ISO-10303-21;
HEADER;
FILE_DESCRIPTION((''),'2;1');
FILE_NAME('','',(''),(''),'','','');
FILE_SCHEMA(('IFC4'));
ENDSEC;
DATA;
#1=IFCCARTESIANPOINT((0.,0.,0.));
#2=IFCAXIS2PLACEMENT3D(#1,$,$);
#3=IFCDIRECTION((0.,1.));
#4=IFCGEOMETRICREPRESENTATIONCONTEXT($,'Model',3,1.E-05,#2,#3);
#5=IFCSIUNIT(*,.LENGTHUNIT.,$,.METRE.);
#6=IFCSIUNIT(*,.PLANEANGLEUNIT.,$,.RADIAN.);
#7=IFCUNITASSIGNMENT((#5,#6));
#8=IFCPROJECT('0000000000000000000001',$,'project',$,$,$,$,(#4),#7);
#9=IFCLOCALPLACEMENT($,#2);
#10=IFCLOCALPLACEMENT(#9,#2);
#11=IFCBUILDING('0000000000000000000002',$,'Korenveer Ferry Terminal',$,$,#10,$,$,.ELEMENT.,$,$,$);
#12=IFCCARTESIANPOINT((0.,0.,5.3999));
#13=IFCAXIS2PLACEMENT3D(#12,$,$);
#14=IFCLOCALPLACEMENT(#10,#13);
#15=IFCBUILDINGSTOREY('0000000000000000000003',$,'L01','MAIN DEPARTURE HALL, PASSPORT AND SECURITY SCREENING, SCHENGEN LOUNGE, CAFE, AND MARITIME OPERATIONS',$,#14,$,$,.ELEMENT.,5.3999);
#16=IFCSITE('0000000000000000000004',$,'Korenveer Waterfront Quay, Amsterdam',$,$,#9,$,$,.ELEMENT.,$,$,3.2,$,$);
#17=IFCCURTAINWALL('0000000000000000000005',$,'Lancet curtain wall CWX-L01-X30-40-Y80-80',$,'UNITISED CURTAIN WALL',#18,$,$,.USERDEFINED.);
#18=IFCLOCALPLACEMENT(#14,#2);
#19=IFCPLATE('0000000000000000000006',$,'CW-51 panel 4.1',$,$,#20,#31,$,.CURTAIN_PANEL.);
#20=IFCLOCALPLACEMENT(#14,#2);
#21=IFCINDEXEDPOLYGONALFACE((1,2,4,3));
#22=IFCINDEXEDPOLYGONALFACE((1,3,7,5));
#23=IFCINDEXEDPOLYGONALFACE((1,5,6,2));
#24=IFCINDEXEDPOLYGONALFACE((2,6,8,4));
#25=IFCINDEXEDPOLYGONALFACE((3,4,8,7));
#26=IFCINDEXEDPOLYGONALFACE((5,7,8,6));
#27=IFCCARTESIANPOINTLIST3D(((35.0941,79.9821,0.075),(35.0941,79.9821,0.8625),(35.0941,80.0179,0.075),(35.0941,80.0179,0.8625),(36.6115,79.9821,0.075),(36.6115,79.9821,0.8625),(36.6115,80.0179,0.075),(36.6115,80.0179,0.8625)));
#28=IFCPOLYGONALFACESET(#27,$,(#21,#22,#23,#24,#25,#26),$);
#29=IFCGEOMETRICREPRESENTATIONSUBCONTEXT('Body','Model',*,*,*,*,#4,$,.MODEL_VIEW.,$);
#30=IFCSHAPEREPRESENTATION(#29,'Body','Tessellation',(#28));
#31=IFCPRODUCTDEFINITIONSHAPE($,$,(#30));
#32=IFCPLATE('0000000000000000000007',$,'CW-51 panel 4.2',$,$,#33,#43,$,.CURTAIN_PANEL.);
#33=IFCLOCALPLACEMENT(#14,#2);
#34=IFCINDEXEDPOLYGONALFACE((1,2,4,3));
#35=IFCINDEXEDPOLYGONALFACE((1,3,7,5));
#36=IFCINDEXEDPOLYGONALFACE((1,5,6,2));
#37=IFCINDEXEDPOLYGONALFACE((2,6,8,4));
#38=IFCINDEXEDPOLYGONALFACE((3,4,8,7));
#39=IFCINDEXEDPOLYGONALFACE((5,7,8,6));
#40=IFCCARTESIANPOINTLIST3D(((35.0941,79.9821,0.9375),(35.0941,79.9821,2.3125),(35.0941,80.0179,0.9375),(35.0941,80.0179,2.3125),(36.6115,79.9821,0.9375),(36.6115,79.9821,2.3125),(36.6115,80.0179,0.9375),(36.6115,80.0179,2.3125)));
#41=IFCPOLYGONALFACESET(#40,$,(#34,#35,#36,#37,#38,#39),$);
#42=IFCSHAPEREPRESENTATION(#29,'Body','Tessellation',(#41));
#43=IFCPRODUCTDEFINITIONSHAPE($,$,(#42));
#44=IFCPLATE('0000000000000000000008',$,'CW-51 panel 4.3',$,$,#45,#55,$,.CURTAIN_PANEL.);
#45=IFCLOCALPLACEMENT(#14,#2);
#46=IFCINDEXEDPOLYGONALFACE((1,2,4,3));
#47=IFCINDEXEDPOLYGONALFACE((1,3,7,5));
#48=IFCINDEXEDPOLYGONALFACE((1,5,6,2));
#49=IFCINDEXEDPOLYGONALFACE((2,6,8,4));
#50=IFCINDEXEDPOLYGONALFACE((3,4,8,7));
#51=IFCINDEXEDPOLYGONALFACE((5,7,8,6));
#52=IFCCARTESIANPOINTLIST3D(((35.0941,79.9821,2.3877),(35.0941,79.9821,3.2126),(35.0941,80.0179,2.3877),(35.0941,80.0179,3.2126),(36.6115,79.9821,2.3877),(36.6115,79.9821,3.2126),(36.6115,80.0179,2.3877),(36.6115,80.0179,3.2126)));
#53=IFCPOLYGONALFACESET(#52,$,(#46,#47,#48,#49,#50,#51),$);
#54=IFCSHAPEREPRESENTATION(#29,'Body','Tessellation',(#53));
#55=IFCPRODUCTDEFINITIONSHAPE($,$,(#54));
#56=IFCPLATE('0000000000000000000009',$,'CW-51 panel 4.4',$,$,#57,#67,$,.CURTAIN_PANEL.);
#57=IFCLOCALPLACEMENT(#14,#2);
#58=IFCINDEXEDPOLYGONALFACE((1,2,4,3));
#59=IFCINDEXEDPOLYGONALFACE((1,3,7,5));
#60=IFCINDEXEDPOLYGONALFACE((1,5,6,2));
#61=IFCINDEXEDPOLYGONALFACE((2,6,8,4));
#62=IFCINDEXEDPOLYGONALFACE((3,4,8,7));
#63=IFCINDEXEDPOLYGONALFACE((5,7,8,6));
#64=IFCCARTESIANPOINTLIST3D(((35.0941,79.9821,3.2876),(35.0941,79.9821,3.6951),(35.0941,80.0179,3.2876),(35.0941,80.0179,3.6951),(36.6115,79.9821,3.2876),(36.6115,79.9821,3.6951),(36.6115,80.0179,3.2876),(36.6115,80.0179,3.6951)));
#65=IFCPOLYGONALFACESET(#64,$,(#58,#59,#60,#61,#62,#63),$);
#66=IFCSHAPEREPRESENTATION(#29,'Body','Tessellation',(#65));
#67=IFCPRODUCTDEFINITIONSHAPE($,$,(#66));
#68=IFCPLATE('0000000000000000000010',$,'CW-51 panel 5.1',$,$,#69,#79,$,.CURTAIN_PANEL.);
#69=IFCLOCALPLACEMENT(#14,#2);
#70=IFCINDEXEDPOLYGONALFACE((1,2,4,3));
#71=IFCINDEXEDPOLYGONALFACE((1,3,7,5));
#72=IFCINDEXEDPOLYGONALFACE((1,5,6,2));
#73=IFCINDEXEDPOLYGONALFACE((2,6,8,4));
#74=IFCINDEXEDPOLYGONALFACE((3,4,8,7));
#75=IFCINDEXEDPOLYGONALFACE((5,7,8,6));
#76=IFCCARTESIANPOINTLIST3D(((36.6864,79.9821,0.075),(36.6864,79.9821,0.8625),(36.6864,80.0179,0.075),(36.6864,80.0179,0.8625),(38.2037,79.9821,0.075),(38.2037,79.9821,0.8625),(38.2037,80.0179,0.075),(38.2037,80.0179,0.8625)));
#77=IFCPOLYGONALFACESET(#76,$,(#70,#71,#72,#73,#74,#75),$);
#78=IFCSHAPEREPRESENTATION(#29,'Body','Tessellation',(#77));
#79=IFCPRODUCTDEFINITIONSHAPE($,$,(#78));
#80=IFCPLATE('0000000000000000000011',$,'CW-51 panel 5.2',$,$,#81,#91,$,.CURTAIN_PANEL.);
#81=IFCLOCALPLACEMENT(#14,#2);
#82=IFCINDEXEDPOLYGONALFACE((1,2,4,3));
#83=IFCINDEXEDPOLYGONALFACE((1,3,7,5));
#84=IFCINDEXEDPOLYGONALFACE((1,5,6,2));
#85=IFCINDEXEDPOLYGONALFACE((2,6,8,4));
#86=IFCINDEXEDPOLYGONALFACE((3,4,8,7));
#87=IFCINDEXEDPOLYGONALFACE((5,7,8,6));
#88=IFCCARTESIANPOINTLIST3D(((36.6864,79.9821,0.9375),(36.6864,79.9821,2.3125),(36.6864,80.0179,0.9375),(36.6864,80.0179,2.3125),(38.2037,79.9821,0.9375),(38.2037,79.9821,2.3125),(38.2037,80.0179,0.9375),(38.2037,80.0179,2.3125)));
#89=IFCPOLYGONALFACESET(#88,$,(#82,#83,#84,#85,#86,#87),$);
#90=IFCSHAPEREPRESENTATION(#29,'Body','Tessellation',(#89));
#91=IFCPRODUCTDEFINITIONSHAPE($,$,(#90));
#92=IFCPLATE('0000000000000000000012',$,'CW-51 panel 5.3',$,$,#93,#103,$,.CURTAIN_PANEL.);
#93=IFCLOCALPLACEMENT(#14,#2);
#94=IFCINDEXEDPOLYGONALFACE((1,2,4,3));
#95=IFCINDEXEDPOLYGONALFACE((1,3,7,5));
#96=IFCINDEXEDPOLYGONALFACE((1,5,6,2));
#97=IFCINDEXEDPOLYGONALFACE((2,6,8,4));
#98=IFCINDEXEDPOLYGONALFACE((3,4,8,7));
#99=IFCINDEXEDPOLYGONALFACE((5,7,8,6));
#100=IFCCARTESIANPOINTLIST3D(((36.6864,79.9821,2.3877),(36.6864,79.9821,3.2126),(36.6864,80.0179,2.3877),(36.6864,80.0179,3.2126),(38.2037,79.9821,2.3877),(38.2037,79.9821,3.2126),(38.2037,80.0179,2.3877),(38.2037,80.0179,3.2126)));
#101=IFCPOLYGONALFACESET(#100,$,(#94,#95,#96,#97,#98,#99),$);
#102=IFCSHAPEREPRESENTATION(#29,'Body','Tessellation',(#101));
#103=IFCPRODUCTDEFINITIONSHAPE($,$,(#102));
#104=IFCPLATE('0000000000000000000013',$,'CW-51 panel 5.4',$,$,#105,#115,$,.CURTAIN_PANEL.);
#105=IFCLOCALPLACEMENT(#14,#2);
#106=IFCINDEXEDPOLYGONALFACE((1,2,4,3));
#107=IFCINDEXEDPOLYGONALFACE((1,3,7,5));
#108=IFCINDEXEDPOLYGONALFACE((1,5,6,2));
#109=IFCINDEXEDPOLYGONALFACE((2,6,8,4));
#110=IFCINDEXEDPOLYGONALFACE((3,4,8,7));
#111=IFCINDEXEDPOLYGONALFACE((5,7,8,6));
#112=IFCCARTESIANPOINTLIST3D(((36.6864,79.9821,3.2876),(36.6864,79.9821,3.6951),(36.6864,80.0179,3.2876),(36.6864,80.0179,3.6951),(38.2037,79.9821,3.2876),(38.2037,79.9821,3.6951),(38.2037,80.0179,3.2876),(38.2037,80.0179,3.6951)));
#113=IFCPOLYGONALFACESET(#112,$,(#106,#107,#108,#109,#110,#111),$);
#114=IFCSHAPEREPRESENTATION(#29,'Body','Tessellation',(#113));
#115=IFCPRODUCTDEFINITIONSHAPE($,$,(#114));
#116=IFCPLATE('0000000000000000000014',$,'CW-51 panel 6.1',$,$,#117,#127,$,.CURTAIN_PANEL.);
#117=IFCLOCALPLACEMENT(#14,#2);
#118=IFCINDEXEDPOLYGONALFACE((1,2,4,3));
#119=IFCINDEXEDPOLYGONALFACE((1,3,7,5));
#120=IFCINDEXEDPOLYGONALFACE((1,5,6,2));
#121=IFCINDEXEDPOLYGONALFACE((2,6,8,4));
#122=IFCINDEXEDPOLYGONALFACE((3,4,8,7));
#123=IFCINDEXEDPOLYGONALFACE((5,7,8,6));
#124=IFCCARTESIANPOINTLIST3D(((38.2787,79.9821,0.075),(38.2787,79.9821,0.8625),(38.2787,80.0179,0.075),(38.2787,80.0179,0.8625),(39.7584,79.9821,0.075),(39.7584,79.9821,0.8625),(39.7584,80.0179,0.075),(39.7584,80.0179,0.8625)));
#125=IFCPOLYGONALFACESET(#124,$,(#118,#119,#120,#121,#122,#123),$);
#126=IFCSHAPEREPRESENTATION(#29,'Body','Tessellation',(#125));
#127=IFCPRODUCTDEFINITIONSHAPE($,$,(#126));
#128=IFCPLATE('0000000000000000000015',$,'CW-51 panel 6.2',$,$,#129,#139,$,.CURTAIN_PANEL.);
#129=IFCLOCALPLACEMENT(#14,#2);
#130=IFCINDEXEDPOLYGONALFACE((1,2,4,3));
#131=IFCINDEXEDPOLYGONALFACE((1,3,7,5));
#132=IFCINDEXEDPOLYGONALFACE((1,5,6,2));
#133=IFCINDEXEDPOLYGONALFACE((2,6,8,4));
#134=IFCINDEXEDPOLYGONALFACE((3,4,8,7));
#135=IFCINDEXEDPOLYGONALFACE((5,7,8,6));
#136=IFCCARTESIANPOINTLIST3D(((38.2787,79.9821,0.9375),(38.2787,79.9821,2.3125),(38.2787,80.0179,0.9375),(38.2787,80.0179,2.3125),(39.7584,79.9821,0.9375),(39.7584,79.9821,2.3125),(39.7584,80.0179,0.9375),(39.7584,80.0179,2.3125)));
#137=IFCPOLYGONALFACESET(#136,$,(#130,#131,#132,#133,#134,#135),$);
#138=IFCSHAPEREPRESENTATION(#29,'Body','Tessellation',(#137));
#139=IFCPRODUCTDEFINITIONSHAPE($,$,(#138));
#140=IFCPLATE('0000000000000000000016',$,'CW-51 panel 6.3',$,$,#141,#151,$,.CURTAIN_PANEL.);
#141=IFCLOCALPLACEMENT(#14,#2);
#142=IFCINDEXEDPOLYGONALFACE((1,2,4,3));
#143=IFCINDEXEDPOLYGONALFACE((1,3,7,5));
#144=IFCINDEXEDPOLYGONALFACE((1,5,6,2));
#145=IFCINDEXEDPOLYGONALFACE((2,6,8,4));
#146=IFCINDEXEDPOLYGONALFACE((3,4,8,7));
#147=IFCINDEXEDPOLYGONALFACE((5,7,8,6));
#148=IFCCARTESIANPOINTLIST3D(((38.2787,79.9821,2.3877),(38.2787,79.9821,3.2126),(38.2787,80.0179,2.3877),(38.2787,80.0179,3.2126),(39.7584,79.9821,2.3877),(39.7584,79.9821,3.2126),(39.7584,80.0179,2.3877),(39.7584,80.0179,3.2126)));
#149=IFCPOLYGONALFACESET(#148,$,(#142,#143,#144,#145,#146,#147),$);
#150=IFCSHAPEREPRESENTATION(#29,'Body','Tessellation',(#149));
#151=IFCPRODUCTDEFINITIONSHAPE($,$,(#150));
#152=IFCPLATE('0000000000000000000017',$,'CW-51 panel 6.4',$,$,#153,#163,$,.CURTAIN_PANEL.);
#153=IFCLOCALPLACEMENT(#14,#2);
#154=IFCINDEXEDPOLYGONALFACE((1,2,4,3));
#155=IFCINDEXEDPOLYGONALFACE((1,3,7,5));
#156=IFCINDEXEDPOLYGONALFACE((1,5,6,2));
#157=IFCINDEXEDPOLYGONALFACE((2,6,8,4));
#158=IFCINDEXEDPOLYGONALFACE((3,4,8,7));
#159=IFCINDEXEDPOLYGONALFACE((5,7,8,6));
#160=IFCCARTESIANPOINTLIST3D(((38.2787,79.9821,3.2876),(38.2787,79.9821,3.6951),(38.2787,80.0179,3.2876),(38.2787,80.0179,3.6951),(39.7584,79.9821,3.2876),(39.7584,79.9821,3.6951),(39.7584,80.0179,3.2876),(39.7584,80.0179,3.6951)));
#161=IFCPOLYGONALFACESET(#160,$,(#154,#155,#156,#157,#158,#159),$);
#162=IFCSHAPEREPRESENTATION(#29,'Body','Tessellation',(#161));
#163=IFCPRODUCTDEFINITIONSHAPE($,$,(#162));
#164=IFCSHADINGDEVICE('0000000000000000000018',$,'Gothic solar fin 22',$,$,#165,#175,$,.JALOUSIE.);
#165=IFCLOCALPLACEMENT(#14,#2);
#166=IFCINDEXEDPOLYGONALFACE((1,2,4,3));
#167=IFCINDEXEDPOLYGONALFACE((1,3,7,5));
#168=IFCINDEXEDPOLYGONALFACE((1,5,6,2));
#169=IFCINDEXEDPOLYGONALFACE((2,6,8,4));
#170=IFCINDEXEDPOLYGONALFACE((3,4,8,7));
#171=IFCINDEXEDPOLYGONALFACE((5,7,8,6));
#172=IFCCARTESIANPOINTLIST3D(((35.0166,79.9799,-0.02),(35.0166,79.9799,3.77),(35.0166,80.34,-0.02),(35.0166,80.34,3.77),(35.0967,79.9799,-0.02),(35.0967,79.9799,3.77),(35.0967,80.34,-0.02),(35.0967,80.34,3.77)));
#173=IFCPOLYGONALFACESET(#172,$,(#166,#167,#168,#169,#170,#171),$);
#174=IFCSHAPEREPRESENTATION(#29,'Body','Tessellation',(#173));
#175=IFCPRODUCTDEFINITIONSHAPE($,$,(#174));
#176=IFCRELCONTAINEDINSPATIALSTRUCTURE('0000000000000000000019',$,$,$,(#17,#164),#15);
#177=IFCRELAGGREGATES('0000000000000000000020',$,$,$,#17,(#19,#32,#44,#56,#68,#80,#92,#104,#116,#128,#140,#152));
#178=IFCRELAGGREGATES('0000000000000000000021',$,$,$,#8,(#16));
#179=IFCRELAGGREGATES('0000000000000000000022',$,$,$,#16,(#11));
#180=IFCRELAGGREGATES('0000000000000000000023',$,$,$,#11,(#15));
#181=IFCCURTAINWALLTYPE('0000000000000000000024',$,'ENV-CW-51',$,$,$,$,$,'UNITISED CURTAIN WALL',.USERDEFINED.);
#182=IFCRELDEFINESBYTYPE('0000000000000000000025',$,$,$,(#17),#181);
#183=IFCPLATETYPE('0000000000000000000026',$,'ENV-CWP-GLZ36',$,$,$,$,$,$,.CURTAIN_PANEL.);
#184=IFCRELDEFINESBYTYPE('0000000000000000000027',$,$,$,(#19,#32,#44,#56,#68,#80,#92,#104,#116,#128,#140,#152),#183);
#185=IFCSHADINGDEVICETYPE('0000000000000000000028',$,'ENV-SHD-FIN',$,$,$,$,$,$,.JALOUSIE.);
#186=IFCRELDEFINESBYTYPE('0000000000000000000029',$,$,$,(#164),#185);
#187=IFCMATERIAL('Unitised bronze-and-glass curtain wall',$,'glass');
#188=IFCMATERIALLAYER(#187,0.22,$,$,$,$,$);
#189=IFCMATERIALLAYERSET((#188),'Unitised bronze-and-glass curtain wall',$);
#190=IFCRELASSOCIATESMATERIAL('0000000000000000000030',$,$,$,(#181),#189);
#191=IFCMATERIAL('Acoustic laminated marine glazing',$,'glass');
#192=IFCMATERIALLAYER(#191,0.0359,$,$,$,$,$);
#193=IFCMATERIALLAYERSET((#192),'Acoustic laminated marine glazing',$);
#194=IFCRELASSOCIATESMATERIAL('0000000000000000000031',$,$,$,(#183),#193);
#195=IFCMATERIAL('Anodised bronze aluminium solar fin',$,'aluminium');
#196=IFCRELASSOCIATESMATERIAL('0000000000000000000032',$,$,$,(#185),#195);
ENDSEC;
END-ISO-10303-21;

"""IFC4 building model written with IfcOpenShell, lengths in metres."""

from ifc_helpers import new_model, si_unit, direction, frame, origin, origin_2d, place, context, subcontext, project, spatial, rectangle, extrude, material, layer, layer_set, type_object, element, aggregate, save


model = new_model("IFC4")

# Units and contexts
model_context = context("Model", 3, precision=1e-05, world=origin(), true_north=direction((0.0, 1.0)))
body_context = subcontext(model_context, "Body", "Model", "MODEL_VIEW")
ifc_project = project(units=[si_unit("LENGTHUNIT", "METRE"), si_unit("PLANEANGLEUNIT", "RADIAN")], contexts=[model_context])

# Site, building, storey
site_placement = place(None, origin())
site = spatial("IfcSite", under=ifc_project, at=site_placement, Name="Korenveer Waterfront Quay, Amsterdam", CompositionType="ELEMENT", RefElevation=3.2)
building_placement = place(site_placement, origin())
building = spatial("IfcBuilding", under=site, at=building_placement, Name="Korenveer Ferry Terminal", CompositionType="ELEMENT")
storey_placement = place(building_placement, frame((0.0, 0.0, 5.3999)))
storey = spatial("IfcBuildingStorey", under=building, at=storey_placement, Name="L01", Description="MAIN DEPARTURE HALL, PASSPORT AND SECURITY SCREENING, SCHENGEN LOUNGE, CAFE, AND MARITIME OPERATIONS", CompositionType="ELEMENT", Elevation=5.3999)

# Curtain wall
ifc_material_1 = material(Name="Unitised bronze-and-glass curtain wall", Category="glass")
ifc_layer_1 = layer(ifc_material_1, 0.22)
ifc_layer_set_1 = layer_set([ifc_layer_1], Name="Unitised bronze-and-glass curtain wall")
curtain_wall_type = type_object("IfcCurtainWallType", Name="ENV-CW-51", ElementType="UNITISED CURTAIN WALL", PredefinedType="USERDEFINED", material=ifc_layer_set_1)
curtain_wall_placement = place(storey_placement, frame((30.28, 80.0, 0.0)))
curtain_wall = element("IfcCurtainWall", 1, at=curtain_wall_placement, inside=storey, type_object=curtain_wall_type, Name="Lancet curtain wall CWX-L01-X30-40-Y80-80", ObjectType="UNITISED CURTAIN WALL", PredefinedType="USERDEFINED")

# Plates
ifc_material_2 = material(Name="Acoustic laminated marine glazing", Category="glass")
ifc_layer_2 = layer(ifc_material_2, 0.0359)
ifc_layer_set_2 = layer_set([ifc_layer_2], Name="Acoustic laminated marine glazing")
plate_type = type_object("IfcPlateType", Name="ENV-CWP-GLZ36", PredefinedType="CURTAIN_PANEL", material=ifc_layer_set_2)
plate_1_placement = place(storey_placement, frame((35.8528, 80.0, 0.075), z_axis=(0.0, 0.0, 1.0), x_axis=(1.0, 0.0, 0.0)))
plate_1 = element("IfcPlate", 2, at=plate_1_placement, type_object=plate_type, Name="CW-51 panel 4.1", PredefinedType="CURTAIN_PANEL", context=body_context, shape_type="SweptSolid", body=[
    extrude(rectangle(XDim=1.5173, YDim=0.0359, at=origin_2d()), origin(), (0.0, 0.0, 1.0), 0.7876),
])
plate_2_placement = place(storey_placement, frame((35.8528, 80.0, 0.9375), z_axis=(0.0, 0.0, 1.0), x_axis=(1.0, 0.0, 0.0)))
plate_2 = element("IfcPlate", 3, at=plate_2_placement, type_object=plate_type, Name="CW-51 panel 4.2", PredefinedType="CURTAIN_PANEL", context=body_context, shape_type="SweptSolid", body=[
    extrude(rectangle(XDim=1.5173, YDim=0.0359, at=origin_2d()), origin(), (0.0, 0.0, 1.0), 1.375),
])
plate_3_placement = place(storey_placement, frame((35.8528, 80.0, 2.3877), z_axis=(0.0, 0.0, 1.0), x_axis=(1.0, 0.0, 0.0)))
plate_3 = element("IfcPlate", 4, at=plate_3_placement, type_object=plate_type, Name="CW-51 panel 4.3", PredefinedType="CURTAIN_PANEL", context=body_context, shape_type="SweptSolid", body=[
    extrude(rectangle(XDim=1.5173, YDim=0.0359, at=origin_2d()), origin(), (0.0, 0.0, 1.0), 0.825),
])
plate_4_placement = place(storey_placement, frame((35.8528, 80.0, 3.2876), z_axis=(0.0, 0.0, 1.0), x_axis=(1.0, 0.0, 0.0)))
plate_4 = element("IfcPlate", 5, at=plate_4_placement, type_object=plate_type, Name="CW-51 panel 4.4", PredefinedType="CURTAIN_PANEL", context=body_context, shape_type="SweptSolid", body=[
    extrude(rectangle(XDim=1.5173, YDim=0.0359, at=origin_2d()), origin(), (0.0, 0.0, 1.0), 0.4075),
])
plate_5_placement = place(storey_placement, frame((37.4451, 80.0, 0.075), z_axis=(0.0, 0.0, 1.0), x_axis=(1.0, 0.0, 0.0)))
plate_5 = element("IfcPlate", 6, at=plate_5_placement, type_object=plate_type, Name="CW-51 panel 5.1", PredefinedType="CURTAIN_PANEL", context=body_context, shape_type="SweptSolid", body=[
    extrude(rectangle(XDim=1.5173, YDim=0.0359, at=origin_2d()), origin(), (0.0, 0.0, 1.0), 0.7876),
])
plate_6_placement = place(storey_placement, frame((37.4451, 80.0, 0.9375), z_axis=(0.0, 0.0, 1.0), x_axis=(1.0, 0.0, 0.0)))
plate_6 = element("IfcPlate", 7, at=plate_6_placement, type_object=plate_type, Name="CW-51 panel 5.2", PredefinedType="CURTAIN_PANEL", context=body_context, shape_type="SweptSolid", body=[
    extrude(rectangle(XDim=1.5173, YDim=0.0359, at=origin_2d()), origin(), (0.0, 0.0, 1.0), 1.375),
])
plate_7_placement = place(storey_placement, frame((37.4451, 80.0, 2.3877), z_axis=(0.0, 0.0, 1.0), x_axis=(1.0, 0.0, 0.0)))
plate_7 = element("IfcPlate", 8, at=plate_7_placement, type_object=plate_type, Name="CW-51 panel 5.3", PredefinedType="CURTAIN_PANEL", context=body_context, shape_type="SweptSolid", body=[
    extrude(rectangle(XDim=1.5173, YDim=0.0359, at=origin_2d()), origin(), (0.0, 0.0, 1.0), 0.825),
])
plate_8_placement = place(storey_placement, frame((37.4451, 80.0, 3.2876), z_axis=(0.0, 0.0, 1.0), x_axis=(1.0, 0.0, 0.0)))
plate_8 = element("IfcPlate", 9, at=plate_8_placement, type_object=plate_type, Name="CW-51 panel 5.4", PredefinedType="CURTAIN_PANEL", context=body_context, shape_type="SweptSolid", body=[
    extrude(rectangle(XDim=1.5173, YDim=0.0359, at=origin_2d()), origin(), (0.0, 0.0, 1.0), 0.4075),
])
plate_9_placement = place(storey_placement, frame((39.0186, 80.0, 0.075), z_axis=(0.0, 0.0, 1.0), x_axis=(1.0, 0.0, 0.0)))
plate_9 = element("IfcPlate", 10, at=plate_9_placement, type_object=plate_type, Name="CW-51 panel 6.1", PredefinedType="CURTAIN_PANEL", context=body_context, shape_type="SweptSolid", body=[
    extrude(rectangle(XDim=1.4797, YDim=0.0359, at=origin_2d()), origin(), (0.0, 0.0, 1.0), 0.7876),
])
plate_10_placement = place(storey_placement, frame((39.0186, 80.0, 0.9375), z_axis=(0.0, 0.0, 1.0), x_axis=(1.0, 0.0, 0.0)))
plate_10 = element("IfcPlate", 11, at=plate_10_placement, type_object=plate_type, Name="CW-51 panel 6.2", PredefinedType="CURTAIN_PANEL", context=body_context, shape_type="SweptSolid", body=[
    extrude(rectangle(XDim=1.4797, YDim=0.0359, at=origin_2d()), origin(), (0.0, 0.0, 1.0), 1.375),
])
plate_11_placement = place(storey_placement, frame((39.0186, 80.0, 2.3877), z_axis=(0.0, 0.0, 1.0), x_axis=(1.0, 0.0, 0.0)))
plate_11 = element("IfcPlate", 12, at=plate_11_placement, type_object=plate_type, Name="CW-51 panel 6.3", PredefinedType="CURTAIN_PANEL", context=body_context, shape_type="SweptSolid", body=[
    extrude(rectangle(XDim=1.4797, YDim=0.0359, at=origin_2d()), origin(), (0.0, 0.0, 1.0), 0.825),
])
plate_12_placement = place(storey_placement, frame((39.0186, 80.0, 3.2876), z_axis=(0.0, 0.0, 1.0), x_axis=(1.0, 0.0, 0.0)))
plate_12 = element("IfcPlate", 13, at=plate_12_placement, type_object=plate_type, Name="CW-51 panel 6.4", PredefinedType="CURTAIN_PANEL", context=body_context, shape_type="SweptSolid", body=[
    extrude(rectangle(XDim=1.4797, YDim=0.0359, at=origin_2d()), origin(), (0.0, 0.0, 1.0), 0.4075),
])
aggregate(curtain_wall, [plate_1, plate_2, plate_3, plate_4, plate_5, plate_6, plate_7, plate_8, plate_9, plate_10, plate_11, plate_12])

# Shading device
ifc_material_3 = material(Name="Anodised bronze aluminium solar fin", Category="aluminium")
shading_device_type = type_object("IfcShadingDeviceType", Name="ENV-SHD-FIN", PredefinedType="JALOUSIE", material=ifc_material_3)
shading_device_placement = place(storey_placement, frame((35.0566, 80.1599, -0.02), z_axis=(0.0, 0.0, 1.0), x_axis=(0.0, 1.0, 0.0)))
element("IfcShadingDevice", 14, at=shading_device_placement, inside=storey, type_object=shading_device_type, Name="Gothic solar fin 22", PredefinedType="JALOUSIE", context=body_context, shape_type="SweptSolid", body=[
    extrude(rectangle(XDim=0.3601, YDim=0.0801, at=origin_2d()), origin(), (0.0, 0.0, 1.0), 3.79),
])

save(model, "model.ifc")
